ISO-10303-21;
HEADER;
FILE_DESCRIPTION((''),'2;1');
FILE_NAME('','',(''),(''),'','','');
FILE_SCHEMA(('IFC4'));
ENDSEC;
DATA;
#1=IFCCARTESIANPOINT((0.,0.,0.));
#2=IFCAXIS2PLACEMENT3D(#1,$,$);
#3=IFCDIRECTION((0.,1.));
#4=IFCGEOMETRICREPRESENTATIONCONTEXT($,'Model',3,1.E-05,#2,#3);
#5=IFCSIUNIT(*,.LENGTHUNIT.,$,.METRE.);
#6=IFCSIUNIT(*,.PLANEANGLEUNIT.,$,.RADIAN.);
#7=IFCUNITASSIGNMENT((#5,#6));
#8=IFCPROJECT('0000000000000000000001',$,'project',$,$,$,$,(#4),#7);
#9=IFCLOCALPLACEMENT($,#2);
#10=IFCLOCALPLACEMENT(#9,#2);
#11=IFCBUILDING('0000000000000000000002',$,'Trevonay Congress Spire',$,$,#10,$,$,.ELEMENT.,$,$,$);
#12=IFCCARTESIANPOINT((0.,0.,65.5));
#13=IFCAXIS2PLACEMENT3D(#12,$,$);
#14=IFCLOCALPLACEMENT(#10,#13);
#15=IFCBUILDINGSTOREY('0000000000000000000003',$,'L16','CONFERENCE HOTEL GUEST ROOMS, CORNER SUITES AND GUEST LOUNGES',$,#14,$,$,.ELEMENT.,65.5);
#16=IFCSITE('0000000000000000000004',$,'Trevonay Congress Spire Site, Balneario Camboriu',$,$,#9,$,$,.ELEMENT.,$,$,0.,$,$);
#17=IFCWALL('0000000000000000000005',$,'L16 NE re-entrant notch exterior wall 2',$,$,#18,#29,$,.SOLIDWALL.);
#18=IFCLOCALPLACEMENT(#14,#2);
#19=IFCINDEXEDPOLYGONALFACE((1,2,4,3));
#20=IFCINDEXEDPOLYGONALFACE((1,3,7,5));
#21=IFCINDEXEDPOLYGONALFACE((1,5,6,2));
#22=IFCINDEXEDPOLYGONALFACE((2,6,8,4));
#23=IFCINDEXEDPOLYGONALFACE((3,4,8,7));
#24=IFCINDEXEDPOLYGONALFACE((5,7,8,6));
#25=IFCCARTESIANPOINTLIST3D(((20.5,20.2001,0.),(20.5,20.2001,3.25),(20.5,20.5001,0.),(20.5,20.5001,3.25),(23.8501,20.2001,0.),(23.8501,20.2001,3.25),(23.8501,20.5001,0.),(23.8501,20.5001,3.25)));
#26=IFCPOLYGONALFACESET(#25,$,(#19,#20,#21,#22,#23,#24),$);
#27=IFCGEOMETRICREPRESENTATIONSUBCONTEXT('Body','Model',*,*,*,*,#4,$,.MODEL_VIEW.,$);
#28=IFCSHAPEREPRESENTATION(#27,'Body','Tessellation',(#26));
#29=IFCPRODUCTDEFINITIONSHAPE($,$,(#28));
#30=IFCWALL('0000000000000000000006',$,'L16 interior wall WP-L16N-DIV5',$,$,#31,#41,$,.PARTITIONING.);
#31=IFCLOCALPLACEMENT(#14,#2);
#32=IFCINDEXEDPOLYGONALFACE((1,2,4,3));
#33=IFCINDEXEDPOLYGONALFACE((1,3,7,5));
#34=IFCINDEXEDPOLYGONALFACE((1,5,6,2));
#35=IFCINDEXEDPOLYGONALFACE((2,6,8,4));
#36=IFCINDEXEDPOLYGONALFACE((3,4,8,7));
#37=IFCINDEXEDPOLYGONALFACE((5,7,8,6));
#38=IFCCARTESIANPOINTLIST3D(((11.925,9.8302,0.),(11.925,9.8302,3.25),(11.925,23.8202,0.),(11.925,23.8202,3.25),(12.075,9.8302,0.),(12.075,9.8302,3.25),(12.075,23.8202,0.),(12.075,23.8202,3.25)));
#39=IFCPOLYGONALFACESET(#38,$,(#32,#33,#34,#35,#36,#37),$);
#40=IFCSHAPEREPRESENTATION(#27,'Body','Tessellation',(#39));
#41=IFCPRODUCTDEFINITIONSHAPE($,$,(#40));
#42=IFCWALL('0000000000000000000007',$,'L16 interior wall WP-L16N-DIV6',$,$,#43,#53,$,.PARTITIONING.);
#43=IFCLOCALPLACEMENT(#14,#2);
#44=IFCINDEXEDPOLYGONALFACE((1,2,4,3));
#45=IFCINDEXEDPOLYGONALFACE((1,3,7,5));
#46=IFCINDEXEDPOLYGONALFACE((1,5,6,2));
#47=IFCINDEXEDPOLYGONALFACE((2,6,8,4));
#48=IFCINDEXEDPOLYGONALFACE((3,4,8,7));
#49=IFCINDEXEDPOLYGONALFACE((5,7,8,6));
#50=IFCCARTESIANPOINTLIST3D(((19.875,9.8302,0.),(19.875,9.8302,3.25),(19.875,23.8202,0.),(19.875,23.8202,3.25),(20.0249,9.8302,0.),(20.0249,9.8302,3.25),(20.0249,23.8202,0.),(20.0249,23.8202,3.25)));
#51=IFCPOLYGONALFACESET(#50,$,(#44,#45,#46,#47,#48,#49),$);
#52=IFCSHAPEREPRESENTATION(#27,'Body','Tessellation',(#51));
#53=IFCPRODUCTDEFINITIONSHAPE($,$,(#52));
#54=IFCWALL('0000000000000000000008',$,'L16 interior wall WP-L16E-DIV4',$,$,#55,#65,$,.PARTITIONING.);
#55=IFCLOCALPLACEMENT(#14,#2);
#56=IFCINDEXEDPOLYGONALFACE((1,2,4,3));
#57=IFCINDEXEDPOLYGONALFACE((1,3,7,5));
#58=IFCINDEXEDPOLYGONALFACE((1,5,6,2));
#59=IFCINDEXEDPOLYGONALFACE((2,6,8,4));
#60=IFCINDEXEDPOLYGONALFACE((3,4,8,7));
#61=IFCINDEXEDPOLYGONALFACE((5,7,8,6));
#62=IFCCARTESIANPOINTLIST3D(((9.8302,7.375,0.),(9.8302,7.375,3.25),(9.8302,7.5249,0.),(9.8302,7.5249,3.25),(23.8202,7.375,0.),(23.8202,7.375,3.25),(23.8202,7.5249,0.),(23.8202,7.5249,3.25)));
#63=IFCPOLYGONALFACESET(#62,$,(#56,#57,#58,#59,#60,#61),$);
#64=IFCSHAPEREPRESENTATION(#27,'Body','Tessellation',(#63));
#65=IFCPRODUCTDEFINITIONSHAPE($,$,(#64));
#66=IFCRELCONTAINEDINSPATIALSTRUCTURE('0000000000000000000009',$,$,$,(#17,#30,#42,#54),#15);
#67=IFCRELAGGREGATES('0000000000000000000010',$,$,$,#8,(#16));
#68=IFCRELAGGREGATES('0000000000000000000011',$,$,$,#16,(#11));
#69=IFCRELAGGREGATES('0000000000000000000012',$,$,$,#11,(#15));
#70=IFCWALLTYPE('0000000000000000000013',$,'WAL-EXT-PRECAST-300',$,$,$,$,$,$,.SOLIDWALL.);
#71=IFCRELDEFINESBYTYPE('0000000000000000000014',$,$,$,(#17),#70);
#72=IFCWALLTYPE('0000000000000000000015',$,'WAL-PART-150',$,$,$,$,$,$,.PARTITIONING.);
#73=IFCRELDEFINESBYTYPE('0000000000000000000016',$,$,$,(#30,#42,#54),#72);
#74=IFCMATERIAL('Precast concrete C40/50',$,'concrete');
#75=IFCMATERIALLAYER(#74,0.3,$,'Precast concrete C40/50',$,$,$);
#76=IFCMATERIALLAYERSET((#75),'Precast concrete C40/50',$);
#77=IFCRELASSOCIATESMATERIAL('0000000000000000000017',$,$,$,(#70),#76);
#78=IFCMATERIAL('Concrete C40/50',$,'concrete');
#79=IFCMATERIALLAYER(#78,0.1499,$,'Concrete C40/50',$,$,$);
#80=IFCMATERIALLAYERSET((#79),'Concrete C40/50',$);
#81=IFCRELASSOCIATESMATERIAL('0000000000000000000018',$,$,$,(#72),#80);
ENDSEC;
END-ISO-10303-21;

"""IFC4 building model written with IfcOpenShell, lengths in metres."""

from ifc_helpers import new_model, si_unit, direction, frame, frame_2d, origin, place, context, subcontext, project, spatial, rectangle, extrude, material, layer, layer_set, type_object, element, save


model = new_model("IFC4")

# Units and contexts
model_context = context("Model", 3, precision=1e-05, world=origin(), true_north=direction((0.0, 1.0)))
body_context = subcontext(model_context, "Body", "Model", "MODEL_VIEW")
ifc_project = project(units=[si_unit("LENGTHUNIT", "METRE"), si_unit("PLANEANGLEUNIT", "RADIAN")], contexts=[model_context])

# Site, building, storey
site_placement = place(None, origin())
site = spatial("IfcSite", under=ifc_project, at=site_placement, Name="Trevonay Congress Spire Site, Balneario Camboriu", CompositionType="ELEMENT", RefElevation=0.0)
building_placement = place(site_placement, origin())
building = spatial("IfcBuilding", under=site, at=building_placement, Name="Trevonay Congress Spire", CompositionType="ELEMENT")
storey_placement = place(building_placement, frame((0.0, 0.0, 65.5)))
storey = spatial("IfcBuildingStorey", under=building, at=storey_placement, Name="L16", Description="CONFERENCE HOTEL GUEST ROOMS, CORNER SUITES AND GUEST LOUNGES", CompositionType="ELEMENT", Elevation=65.5)

# Shared definitions
ifc_material_1 = material(Name="Precast concrete C40/50", Category="concrete")
ifc_layer_1 = layer(ifc_material_1, 0.3, Name="Precast concrete C40/50")
ifc_layer_set_1 = layer_set([ifc_layer_1], Name="Precast concrete C40/50")
wall_type_1 = type_object("IfcWallType", Name="WAL-EXT-PRECAST-300", PredefinedType="SOLIDWALL", material=ifc_layer_set_1)

# Walls
wall_1_placement = place(storey_placement, frame((23.8501, 20.3501, 0.0), z_axis=(0.0, 0.0, 1.0), x_axis=(-1.0, 0.0, 0.0)))
element("IfcWall", 1, at=wall_1_placement, inside=storey, type_object=wall_type_1, Name="L16 NE re-entrant notch exterior wall 2", PredefinedType="SOLIDWALL", context=body_context, shape_type="SweptSolid", body=[
    extrude(rectangle(XDim=3.3501, YDim=0.3, at=frame_2d((1.675, 0.0))), origin(), (0.0, 0.0, 1.0), 3.25),
])
ifc_material_2 = material(Name="Concrete C40/50", Category="concrete")
ifc_layer_2 = layer(ifc_material_2, 0.1499, Name="Concrete C40/50")
ifc_layer_set_2 = layer_set([ifc_layer_2], Name="Concrete C40/50")
wall_type_2 = type_object("IfcWallType", Name="WAL-PART-150", PredefinedType="PARTITIONING", material=ifc_layer_set_2)
for number, where, z_axis, x_axis, name in (
    (2, (12.0, 9.8301, 0.0), (0.0, 0.0, 1.0), (0.0, 1.0, 0.0), "L16 interior wall WP-L16N-DIV5"),
    (3, (19.95, 9.8301, 0.0), (0.0, 0.0, 1.0), (0.0, 1.0, 0.0), "L16 interior wall WP-L16N-DIV6"),
    (4, (9.8301, 7.45, 0.0), (0.0, 0.0, 1.0), (1.0, 0.0, 0.0), "L16 interior wall WP-L16E-DIV4"),
):
    element("IfcWall", number, at=place(storey_placement, frame(where, z_axis=z_axis, x_axis=x_axis)), inside=storey, type_object=wall_type_2, Name=name, PredefinedType="PARTITIONING", context=body_context, shape_type="SweptSolid", body=[
        extrude(rectangle(XDim=13.99, YDim=0.1499, at=frame_2d((6.9951, 0.0))), origin(), (0.0, 0.0, 1.0), 3.25),
    ])

save(model, "model.ifc")
